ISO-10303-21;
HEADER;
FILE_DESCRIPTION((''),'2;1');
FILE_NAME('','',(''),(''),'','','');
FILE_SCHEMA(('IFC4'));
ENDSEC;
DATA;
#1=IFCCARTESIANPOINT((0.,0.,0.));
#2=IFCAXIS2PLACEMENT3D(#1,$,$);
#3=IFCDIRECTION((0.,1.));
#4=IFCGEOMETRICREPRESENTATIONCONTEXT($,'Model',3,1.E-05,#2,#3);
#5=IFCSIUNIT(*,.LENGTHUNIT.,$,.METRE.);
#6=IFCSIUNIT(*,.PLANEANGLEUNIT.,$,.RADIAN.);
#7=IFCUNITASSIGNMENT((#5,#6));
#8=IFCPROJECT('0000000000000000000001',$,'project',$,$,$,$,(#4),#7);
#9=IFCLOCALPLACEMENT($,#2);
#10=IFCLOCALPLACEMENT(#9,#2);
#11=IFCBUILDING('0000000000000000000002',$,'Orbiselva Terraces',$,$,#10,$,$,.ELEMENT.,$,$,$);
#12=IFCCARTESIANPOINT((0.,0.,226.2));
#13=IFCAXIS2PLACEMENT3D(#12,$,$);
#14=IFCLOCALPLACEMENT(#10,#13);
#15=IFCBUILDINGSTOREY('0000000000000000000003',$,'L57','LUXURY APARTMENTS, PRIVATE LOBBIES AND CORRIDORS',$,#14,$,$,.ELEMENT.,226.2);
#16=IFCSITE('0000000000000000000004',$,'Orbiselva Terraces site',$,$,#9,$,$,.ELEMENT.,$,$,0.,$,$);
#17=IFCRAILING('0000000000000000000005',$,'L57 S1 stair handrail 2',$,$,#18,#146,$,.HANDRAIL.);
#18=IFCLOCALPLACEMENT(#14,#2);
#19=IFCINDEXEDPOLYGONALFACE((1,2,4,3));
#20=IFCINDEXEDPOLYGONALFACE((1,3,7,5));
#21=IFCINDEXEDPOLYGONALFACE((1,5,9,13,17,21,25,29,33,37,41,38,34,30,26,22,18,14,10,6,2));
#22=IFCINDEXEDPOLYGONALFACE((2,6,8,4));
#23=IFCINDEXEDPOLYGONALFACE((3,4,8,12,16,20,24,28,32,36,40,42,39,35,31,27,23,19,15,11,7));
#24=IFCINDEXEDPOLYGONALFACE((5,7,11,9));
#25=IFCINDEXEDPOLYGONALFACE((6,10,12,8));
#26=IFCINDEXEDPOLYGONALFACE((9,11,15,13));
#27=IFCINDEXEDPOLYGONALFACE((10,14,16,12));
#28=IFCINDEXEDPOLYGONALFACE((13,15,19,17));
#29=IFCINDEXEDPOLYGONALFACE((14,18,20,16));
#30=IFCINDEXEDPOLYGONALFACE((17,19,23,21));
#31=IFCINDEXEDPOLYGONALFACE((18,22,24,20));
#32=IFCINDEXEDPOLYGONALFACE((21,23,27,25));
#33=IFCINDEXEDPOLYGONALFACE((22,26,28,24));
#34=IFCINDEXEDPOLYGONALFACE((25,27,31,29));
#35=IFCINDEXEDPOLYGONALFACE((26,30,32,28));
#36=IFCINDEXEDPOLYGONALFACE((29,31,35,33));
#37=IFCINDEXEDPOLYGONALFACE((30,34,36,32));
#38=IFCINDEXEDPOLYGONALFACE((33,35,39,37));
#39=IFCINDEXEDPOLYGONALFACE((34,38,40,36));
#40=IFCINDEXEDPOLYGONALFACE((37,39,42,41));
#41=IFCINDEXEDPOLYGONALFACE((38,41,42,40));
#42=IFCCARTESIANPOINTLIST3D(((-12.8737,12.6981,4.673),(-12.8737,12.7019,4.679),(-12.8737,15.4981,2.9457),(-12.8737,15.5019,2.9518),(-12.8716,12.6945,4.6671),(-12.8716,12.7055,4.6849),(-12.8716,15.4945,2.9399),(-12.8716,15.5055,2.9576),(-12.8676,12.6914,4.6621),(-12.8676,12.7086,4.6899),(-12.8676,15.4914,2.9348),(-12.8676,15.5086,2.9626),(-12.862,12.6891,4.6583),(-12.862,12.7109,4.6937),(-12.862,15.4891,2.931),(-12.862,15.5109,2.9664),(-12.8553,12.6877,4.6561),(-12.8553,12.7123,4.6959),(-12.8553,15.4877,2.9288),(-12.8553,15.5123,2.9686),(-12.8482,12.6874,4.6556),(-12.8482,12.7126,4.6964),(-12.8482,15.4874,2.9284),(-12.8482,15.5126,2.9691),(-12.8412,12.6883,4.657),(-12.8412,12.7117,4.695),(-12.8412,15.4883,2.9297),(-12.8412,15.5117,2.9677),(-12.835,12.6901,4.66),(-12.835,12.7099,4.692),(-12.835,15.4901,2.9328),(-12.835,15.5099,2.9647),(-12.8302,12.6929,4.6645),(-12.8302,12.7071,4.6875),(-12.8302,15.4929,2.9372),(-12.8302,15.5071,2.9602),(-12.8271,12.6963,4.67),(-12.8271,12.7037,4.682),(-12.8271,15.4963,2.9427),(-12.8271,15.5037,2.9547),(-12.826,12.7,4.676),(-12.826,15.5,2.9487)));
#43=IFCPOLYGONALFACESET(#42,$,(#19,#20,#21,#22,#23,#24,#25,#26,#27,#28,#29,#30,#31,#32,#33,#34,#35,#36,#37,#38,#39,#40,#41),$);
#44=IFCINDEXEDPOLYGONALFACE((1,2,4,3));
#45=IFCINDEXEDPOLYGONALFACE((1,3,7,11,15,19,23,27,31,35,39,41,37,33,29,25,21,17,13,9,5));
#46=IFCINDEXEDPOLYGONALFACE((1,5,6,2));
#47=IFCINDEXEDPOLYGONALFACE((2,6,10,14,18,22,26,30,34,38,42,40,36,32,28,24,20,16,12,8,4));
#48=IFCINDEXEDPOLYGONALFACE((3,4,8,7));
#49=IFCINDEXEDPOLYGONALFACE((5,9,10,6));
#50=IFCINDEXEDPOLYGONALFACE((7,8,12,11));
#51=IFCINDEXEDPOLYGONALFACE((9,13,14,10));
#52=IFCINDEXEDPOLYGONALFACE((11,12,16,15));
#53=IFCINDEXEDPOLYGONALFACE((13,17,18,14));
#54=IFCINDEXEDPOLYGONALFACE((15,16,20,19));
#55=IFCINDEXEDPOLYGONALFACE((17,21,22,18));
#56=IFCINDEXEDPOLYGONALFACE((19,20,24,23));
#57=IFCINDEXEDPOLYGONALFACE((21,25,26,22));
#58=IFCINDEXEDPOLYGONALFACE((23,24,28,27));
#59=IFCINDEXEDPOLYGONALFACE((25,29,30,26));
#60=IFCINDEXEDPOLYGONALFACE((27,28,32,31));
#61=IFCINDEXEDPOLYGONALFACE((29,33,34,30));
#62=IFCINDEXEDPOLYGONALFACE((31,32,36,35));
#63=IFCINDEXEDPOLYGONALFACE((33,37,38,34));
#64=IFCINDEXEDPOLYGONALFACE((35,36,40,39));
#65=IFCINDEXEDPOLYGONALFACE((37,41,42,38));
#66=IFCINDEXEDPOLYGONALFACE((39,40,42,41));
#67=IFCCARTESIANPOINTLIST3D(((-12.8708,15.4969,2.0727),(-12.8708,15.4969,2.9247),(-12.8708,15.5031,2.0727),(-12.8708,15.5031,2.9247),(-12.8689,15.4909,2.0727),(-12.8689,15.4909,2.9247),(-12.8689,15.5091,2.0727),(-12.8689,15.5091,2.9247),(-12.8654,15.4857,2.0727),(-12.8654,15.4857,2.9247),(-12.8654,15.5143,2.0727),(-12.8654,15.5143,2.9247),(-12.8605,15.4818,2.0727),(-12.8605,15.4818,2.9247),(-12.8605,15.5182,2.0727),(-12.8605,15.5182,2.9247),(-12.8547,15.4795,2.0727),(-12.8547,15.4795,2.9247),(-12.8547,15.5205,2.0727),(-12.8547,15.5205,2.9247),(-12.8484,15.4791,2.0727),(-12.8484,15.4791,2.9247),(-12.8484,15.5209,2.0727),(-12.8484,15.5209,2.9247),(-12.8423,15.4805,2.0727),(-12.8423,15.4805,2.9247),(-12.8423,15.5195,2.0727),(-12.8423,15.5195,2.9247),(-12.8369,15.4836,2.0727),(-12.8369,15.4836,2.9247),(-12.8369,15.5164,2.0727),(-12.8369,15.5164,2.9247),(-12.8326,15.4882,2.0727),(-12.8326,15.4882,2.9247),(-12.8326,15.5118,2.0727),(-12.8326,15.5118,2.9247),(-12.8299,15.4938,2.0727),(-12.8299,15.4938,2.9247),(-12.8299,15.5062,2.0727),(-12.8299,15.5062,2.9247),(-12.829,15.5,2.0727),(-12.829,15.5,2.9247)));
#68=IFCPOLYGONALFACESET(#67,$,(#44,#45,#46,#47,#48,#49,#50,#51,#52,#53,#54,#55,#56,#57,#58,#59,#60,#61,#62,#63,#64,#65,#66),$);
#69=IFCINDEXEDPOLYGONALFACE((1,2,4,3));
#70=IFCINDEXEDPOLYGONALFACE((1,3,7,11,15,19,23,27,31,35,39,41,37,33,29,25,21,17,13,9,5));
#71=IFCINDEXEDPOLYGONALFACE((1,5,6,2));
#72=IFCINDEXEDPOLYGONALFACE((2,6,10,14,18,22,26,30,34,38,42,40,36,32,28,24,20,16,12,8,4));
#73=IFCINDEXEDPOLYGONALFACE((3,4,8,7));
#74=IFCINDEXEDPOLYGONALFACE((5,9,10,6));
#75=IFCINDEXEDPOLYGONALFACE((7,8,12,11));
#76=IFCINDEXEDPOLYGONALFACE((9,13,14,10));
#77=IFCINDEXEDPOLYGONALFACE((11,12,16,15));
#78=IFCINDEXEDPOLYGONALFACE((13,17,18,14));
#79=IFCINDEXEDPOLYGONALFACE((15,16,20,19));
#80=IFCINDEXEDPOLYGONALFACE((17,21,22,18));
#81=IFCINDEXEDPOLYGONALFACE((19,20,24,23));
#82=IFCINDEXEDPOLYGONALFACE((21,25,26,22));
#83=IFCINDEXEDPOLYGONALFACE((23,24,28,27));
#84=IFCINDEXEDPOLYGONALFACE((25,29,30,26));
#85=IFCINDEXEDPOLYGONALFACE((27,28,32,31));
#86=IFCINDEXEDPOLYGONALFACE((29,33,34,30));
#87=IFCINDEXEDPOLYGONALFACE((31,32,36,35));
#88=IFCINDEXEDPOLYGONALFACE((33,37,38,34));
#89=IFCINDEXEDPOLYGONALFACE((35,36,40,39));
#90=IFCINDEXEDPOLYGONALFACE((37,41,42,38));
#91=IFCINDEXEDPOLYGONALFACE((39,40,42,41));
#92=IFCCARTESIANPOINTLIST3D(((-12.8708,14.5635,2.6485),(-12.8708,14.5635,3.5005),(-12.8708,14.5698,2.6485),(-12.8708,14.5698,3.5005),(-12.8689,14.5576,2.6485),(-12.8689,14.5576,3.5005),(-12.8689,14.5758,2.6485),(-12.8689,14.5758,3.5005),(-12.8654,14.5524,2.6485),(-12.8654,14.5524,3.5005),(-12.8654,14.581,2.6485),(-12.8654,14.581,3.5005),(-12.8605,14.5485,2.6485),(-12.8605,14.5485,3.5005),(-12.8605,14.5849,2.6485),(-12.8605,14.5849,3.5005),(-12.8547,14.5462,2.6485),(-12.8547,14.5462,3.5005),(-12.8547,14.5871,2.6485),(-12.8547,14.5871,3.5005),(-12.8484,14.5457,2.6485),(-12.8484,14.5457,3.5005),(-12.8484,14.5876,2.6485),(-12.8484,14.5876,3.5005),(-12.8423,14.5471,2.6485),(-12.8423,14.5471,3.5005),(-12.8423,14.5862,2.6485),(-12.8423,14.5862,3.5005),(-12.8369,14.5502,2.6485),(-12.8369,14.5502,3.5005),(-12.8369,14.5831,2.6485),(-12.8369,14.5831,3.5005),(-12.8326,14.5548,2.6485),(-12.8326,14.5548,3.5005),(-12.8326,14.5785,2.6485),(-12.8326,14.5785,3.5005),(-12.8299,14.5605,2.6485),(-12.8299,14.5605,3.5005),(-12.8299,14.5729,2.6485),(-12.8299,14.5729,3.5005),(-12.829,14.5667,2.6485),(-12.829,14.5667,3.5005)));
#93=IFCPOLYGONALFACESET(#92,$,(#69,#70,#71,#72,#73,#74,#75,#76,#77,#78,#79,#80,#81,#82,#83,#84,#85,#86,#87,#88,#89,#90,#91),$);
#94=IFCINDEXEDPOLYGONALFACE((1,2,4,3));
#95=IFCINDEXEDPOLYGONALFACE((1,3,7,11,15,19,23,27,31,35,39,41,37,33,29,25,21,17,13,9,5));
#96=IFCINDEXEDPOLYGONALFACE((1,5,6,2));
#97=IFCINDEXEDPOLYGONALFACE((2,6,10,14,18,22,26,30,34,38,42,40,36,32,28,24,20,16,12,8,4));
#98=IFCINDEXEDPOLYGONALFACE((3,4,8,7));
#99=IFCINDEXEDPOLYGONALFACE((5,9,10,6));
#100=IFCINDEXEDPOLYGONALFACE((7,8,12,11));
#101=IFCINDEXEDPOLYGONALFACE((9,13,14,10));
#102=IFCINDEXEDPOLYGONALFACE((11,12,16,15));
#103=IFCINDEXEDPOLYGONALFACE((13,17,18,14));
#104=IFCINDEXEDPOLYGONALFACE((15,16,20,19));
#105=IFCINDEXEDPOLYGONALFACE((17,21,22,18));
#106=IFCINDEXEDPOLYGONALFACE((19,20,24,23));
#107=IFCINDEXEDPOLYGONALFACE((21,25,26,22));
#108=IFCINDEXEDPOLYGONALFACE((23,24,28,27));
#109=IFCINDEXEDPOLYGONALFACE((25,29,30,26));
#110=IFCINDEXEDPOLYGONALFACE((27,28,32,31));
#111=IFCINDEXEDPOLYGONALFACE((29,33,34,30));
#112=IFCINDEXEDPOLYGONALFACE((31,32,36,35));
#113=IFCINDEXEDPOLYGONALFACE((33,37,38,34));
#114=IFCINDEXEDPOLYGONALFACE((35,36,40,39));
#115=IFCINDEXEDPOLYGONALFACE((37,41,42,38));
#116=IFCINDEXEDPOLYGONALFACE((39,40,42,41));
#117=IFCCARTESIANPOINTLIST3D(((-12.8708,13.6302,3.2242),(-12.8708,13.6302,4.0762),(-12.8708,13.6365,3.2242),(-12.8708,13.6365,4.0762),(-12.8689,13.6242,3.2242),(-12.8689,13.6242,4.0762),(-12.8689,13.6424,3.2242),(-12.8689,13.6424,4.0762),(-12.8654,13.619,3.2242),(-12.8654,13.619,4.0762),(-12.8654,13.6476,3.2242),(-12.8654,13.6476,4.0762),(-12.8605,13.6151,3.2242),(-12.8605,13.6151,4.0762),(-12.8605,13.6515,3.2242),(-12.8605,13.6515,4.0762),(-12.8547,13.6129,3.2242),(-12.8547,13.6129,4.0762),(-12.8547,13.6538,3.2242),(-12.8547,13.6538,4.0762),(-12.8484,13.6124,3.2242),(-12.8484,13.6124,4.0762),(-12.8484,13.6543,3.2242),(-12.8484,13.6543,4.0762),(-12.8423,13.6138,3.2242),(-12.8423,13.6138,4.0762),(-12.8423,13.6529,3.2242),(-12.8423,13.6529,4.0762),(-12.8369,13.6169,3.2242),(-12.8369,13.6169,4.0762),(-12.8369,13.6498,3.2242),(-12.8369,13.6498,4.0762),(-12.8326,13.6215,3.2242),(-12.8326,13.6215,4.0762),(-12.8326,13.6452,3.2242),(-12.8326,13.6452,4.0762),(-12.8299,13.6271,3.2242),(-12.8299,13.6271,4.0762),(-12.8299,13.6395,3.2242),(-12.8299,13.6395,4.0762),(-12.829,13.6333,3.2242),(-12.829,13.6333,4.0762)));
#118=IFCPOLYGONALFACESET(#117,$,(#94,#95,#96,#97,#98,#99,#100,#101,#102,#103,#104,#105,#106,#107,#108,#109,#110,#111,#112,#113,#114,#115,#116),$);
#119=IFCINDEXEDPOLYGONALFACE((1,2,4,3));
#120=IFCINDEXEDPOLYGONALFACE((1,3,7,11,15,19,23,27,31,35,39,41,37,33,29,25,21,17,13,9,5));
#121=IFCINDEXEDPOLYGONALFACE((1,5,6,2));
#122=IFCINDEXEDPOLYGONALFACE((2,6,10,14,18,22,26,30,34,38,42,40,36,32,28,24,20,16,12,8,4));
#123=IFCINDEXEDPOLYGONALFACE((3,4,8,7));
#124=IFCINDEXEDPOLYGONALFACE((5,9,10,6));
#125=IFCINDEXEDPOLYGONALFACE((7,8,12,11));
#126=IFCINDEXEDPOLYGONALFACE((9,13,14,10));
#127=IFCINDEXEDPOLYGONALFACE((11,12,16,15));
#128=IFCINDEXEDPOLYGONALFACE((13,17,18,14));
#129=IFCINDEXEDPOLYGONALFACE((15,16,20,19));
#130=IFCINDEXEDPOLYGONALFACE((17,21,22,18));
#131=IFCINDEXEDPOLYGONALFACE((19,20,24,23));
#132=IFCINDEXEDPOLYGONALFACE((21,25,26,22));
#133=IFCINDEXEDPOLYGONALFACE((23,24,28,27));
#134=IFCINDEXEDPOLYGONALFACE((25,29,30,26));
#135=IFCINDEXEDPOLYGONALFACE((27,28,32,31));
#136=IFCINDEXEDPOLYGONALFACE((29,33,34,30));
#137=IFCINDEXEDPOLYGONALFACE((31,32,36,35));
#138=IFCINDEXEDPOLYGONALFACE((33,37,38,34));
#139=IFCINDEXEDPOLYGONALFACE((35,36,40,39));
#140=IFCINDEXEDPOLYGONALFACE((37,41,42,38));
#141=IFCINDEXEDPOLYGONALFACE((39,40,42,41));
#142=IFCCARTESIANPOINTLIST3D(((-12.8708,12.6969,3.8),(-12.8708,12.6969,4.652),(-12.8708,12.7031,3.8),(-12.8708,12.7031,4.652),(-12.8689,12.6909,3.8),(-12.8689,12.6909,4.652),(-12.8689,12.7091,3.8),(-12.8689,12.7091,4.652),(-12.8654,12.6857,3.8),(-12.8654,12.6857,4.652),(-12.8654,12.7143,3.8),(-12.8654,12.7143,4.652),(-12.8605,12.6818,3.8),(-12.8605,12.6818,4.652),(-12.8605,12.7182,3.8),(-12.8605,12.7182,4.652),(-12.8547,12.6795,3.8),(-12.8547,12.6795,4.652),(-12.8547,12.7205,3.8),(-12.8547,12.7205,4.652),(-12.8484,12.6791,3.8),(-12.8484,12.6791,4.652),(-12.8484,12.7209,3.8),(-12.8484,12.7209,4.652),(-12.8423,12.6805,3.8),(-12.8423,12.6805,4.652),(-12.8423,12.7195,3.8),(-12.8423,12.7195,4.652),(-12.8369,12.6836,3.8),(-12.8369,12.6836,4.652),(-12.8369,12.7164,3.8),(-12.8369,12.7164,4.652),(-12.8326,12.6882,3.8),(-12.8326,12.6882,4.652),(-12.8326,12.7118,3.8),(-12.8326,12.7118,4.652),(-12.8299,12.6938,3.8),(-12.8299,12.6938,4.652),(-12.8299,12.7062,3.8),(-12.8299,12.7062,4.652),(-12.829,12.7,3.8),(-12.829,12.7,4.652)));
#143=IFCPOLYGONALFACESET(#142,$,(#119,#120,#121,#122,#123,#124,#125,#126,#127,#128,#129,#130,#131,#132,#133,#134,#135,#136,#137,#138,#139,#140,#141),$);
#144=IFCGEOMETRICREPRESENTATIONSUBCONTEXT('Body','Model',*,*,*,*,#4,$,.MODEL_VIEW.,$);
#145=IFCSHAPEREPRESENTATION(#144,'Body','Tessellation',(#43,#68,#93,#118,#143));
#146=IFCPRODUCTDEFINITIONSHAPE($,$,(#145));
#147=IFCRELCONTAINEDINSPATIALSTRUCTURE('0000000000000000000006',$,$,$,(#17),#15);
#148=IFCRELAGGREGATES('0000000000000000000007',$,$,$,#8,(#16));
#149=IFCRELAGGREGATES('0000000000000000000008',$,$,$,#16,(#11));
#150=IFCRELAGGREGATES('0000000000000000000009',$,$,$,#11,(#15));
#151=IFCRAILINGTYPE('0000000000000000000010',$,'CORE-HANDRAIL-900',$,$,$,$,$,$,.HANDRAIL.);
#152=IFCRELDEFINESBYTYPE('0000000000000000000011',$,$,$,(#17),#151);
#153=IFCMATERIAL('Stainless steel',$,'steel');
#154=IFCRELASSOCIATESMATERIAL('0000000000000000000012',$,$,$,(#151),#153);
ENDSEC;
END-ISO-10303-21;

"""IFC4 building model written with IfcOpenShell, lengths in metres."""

from ifc_helpers import new_model, si_unit, direction, frame, origin, origin_2d, place, context, subcontext, project, spatial, circle, extrude, material, type_object, element, save


model = new_model("IFC4")

# Units and contexts
model_context = context("Model", 3, precision=1e-05, world=origin(), true_north=direction((0.0, 1.0)))
body_context = subcontext(model_context, "Body", "Model", "MODEL_VIEW")
ifc_project = project(units=[si_unit("LENGTHUNIT", "METRE"), si_unit("PLANEANGLEUNIT", "RADIAN")], contexts=[model_context])

# Site, building, storey
site_placement = place(None, origin())
site = spatial("IfcSite", under=ifc_project, at=site_placement, Name="Orbiselva Terraces site", CompositionType="ELEMENT", RefElevation=0.0)
building_placement = place(site_placement, origin())
building = spatial("IfcBuilding", under=site, at=building_placement, Name="Orbiselva Terraces", CompositionType="ELEMENT")
storey_placement = place(building_placement, frame((0.0, 0.0, 226.2)))
storey = spatial("IfcBuildingStorey", under=building, at=storey_placement, Name="L57", Description="LUXURY APARTMENTS, PRIVATE LOBBIES AND CORRIDORS", CompositionType="ELEMENT", Elevation=226.2)

# Railing
ifc_material_1 = material(Name="Stainless steel", Category="steel")
railing_type_1 = type_object("IfcRailingType", Name="CORE-HANDRAIL-900", PredefinedType="HANDRAIL", material=ifc_material_1)
railing_1_placement = place(storey_placement, frame((-12.85, 15.5, 2.0727)))
element("IfcRailing", 1, at=railing_1_placement, inside=storey, type_object=railing_type_1, Name="L57 S1 stair handrail 2", PredefinedType="HANDRAIL", context=body_context, shape_type="SweptSolid", body=[
    extrude(circle(Radius=0.024, at=origin_2d()), frame((0.0, 0.0, 0.876), z_axis=(0.0, -0.851089, 0.525022), x_axis=(1.0, 0.0, 0.0)), (0.0, 0.0, 1.0), 3.2899),
    extrude(circle(Radius=0.021, at=origin_2d()), origin(), (0.0, 0.0, 1.0), 0.852),
    extrude(circle(Radius=0.021, at=origin_2d()), frame((0.0, -0.9333, 0.5758)), (0.0, 0.0, 1.0), 0.852),
    extrude(circle(Radius=0.021, at=origin_2d()), frame((0.0, -1.8667, 1.1515)), (0.0, 0.0, 1.0), 0.852),
    extrude(circle(Radius=0.021, at=origin_2d()), frame((0.0, -2.8, 1.7273)), (0.0, 0.0, 1.0), 0.852),
])

save(model, "model.ifc")
